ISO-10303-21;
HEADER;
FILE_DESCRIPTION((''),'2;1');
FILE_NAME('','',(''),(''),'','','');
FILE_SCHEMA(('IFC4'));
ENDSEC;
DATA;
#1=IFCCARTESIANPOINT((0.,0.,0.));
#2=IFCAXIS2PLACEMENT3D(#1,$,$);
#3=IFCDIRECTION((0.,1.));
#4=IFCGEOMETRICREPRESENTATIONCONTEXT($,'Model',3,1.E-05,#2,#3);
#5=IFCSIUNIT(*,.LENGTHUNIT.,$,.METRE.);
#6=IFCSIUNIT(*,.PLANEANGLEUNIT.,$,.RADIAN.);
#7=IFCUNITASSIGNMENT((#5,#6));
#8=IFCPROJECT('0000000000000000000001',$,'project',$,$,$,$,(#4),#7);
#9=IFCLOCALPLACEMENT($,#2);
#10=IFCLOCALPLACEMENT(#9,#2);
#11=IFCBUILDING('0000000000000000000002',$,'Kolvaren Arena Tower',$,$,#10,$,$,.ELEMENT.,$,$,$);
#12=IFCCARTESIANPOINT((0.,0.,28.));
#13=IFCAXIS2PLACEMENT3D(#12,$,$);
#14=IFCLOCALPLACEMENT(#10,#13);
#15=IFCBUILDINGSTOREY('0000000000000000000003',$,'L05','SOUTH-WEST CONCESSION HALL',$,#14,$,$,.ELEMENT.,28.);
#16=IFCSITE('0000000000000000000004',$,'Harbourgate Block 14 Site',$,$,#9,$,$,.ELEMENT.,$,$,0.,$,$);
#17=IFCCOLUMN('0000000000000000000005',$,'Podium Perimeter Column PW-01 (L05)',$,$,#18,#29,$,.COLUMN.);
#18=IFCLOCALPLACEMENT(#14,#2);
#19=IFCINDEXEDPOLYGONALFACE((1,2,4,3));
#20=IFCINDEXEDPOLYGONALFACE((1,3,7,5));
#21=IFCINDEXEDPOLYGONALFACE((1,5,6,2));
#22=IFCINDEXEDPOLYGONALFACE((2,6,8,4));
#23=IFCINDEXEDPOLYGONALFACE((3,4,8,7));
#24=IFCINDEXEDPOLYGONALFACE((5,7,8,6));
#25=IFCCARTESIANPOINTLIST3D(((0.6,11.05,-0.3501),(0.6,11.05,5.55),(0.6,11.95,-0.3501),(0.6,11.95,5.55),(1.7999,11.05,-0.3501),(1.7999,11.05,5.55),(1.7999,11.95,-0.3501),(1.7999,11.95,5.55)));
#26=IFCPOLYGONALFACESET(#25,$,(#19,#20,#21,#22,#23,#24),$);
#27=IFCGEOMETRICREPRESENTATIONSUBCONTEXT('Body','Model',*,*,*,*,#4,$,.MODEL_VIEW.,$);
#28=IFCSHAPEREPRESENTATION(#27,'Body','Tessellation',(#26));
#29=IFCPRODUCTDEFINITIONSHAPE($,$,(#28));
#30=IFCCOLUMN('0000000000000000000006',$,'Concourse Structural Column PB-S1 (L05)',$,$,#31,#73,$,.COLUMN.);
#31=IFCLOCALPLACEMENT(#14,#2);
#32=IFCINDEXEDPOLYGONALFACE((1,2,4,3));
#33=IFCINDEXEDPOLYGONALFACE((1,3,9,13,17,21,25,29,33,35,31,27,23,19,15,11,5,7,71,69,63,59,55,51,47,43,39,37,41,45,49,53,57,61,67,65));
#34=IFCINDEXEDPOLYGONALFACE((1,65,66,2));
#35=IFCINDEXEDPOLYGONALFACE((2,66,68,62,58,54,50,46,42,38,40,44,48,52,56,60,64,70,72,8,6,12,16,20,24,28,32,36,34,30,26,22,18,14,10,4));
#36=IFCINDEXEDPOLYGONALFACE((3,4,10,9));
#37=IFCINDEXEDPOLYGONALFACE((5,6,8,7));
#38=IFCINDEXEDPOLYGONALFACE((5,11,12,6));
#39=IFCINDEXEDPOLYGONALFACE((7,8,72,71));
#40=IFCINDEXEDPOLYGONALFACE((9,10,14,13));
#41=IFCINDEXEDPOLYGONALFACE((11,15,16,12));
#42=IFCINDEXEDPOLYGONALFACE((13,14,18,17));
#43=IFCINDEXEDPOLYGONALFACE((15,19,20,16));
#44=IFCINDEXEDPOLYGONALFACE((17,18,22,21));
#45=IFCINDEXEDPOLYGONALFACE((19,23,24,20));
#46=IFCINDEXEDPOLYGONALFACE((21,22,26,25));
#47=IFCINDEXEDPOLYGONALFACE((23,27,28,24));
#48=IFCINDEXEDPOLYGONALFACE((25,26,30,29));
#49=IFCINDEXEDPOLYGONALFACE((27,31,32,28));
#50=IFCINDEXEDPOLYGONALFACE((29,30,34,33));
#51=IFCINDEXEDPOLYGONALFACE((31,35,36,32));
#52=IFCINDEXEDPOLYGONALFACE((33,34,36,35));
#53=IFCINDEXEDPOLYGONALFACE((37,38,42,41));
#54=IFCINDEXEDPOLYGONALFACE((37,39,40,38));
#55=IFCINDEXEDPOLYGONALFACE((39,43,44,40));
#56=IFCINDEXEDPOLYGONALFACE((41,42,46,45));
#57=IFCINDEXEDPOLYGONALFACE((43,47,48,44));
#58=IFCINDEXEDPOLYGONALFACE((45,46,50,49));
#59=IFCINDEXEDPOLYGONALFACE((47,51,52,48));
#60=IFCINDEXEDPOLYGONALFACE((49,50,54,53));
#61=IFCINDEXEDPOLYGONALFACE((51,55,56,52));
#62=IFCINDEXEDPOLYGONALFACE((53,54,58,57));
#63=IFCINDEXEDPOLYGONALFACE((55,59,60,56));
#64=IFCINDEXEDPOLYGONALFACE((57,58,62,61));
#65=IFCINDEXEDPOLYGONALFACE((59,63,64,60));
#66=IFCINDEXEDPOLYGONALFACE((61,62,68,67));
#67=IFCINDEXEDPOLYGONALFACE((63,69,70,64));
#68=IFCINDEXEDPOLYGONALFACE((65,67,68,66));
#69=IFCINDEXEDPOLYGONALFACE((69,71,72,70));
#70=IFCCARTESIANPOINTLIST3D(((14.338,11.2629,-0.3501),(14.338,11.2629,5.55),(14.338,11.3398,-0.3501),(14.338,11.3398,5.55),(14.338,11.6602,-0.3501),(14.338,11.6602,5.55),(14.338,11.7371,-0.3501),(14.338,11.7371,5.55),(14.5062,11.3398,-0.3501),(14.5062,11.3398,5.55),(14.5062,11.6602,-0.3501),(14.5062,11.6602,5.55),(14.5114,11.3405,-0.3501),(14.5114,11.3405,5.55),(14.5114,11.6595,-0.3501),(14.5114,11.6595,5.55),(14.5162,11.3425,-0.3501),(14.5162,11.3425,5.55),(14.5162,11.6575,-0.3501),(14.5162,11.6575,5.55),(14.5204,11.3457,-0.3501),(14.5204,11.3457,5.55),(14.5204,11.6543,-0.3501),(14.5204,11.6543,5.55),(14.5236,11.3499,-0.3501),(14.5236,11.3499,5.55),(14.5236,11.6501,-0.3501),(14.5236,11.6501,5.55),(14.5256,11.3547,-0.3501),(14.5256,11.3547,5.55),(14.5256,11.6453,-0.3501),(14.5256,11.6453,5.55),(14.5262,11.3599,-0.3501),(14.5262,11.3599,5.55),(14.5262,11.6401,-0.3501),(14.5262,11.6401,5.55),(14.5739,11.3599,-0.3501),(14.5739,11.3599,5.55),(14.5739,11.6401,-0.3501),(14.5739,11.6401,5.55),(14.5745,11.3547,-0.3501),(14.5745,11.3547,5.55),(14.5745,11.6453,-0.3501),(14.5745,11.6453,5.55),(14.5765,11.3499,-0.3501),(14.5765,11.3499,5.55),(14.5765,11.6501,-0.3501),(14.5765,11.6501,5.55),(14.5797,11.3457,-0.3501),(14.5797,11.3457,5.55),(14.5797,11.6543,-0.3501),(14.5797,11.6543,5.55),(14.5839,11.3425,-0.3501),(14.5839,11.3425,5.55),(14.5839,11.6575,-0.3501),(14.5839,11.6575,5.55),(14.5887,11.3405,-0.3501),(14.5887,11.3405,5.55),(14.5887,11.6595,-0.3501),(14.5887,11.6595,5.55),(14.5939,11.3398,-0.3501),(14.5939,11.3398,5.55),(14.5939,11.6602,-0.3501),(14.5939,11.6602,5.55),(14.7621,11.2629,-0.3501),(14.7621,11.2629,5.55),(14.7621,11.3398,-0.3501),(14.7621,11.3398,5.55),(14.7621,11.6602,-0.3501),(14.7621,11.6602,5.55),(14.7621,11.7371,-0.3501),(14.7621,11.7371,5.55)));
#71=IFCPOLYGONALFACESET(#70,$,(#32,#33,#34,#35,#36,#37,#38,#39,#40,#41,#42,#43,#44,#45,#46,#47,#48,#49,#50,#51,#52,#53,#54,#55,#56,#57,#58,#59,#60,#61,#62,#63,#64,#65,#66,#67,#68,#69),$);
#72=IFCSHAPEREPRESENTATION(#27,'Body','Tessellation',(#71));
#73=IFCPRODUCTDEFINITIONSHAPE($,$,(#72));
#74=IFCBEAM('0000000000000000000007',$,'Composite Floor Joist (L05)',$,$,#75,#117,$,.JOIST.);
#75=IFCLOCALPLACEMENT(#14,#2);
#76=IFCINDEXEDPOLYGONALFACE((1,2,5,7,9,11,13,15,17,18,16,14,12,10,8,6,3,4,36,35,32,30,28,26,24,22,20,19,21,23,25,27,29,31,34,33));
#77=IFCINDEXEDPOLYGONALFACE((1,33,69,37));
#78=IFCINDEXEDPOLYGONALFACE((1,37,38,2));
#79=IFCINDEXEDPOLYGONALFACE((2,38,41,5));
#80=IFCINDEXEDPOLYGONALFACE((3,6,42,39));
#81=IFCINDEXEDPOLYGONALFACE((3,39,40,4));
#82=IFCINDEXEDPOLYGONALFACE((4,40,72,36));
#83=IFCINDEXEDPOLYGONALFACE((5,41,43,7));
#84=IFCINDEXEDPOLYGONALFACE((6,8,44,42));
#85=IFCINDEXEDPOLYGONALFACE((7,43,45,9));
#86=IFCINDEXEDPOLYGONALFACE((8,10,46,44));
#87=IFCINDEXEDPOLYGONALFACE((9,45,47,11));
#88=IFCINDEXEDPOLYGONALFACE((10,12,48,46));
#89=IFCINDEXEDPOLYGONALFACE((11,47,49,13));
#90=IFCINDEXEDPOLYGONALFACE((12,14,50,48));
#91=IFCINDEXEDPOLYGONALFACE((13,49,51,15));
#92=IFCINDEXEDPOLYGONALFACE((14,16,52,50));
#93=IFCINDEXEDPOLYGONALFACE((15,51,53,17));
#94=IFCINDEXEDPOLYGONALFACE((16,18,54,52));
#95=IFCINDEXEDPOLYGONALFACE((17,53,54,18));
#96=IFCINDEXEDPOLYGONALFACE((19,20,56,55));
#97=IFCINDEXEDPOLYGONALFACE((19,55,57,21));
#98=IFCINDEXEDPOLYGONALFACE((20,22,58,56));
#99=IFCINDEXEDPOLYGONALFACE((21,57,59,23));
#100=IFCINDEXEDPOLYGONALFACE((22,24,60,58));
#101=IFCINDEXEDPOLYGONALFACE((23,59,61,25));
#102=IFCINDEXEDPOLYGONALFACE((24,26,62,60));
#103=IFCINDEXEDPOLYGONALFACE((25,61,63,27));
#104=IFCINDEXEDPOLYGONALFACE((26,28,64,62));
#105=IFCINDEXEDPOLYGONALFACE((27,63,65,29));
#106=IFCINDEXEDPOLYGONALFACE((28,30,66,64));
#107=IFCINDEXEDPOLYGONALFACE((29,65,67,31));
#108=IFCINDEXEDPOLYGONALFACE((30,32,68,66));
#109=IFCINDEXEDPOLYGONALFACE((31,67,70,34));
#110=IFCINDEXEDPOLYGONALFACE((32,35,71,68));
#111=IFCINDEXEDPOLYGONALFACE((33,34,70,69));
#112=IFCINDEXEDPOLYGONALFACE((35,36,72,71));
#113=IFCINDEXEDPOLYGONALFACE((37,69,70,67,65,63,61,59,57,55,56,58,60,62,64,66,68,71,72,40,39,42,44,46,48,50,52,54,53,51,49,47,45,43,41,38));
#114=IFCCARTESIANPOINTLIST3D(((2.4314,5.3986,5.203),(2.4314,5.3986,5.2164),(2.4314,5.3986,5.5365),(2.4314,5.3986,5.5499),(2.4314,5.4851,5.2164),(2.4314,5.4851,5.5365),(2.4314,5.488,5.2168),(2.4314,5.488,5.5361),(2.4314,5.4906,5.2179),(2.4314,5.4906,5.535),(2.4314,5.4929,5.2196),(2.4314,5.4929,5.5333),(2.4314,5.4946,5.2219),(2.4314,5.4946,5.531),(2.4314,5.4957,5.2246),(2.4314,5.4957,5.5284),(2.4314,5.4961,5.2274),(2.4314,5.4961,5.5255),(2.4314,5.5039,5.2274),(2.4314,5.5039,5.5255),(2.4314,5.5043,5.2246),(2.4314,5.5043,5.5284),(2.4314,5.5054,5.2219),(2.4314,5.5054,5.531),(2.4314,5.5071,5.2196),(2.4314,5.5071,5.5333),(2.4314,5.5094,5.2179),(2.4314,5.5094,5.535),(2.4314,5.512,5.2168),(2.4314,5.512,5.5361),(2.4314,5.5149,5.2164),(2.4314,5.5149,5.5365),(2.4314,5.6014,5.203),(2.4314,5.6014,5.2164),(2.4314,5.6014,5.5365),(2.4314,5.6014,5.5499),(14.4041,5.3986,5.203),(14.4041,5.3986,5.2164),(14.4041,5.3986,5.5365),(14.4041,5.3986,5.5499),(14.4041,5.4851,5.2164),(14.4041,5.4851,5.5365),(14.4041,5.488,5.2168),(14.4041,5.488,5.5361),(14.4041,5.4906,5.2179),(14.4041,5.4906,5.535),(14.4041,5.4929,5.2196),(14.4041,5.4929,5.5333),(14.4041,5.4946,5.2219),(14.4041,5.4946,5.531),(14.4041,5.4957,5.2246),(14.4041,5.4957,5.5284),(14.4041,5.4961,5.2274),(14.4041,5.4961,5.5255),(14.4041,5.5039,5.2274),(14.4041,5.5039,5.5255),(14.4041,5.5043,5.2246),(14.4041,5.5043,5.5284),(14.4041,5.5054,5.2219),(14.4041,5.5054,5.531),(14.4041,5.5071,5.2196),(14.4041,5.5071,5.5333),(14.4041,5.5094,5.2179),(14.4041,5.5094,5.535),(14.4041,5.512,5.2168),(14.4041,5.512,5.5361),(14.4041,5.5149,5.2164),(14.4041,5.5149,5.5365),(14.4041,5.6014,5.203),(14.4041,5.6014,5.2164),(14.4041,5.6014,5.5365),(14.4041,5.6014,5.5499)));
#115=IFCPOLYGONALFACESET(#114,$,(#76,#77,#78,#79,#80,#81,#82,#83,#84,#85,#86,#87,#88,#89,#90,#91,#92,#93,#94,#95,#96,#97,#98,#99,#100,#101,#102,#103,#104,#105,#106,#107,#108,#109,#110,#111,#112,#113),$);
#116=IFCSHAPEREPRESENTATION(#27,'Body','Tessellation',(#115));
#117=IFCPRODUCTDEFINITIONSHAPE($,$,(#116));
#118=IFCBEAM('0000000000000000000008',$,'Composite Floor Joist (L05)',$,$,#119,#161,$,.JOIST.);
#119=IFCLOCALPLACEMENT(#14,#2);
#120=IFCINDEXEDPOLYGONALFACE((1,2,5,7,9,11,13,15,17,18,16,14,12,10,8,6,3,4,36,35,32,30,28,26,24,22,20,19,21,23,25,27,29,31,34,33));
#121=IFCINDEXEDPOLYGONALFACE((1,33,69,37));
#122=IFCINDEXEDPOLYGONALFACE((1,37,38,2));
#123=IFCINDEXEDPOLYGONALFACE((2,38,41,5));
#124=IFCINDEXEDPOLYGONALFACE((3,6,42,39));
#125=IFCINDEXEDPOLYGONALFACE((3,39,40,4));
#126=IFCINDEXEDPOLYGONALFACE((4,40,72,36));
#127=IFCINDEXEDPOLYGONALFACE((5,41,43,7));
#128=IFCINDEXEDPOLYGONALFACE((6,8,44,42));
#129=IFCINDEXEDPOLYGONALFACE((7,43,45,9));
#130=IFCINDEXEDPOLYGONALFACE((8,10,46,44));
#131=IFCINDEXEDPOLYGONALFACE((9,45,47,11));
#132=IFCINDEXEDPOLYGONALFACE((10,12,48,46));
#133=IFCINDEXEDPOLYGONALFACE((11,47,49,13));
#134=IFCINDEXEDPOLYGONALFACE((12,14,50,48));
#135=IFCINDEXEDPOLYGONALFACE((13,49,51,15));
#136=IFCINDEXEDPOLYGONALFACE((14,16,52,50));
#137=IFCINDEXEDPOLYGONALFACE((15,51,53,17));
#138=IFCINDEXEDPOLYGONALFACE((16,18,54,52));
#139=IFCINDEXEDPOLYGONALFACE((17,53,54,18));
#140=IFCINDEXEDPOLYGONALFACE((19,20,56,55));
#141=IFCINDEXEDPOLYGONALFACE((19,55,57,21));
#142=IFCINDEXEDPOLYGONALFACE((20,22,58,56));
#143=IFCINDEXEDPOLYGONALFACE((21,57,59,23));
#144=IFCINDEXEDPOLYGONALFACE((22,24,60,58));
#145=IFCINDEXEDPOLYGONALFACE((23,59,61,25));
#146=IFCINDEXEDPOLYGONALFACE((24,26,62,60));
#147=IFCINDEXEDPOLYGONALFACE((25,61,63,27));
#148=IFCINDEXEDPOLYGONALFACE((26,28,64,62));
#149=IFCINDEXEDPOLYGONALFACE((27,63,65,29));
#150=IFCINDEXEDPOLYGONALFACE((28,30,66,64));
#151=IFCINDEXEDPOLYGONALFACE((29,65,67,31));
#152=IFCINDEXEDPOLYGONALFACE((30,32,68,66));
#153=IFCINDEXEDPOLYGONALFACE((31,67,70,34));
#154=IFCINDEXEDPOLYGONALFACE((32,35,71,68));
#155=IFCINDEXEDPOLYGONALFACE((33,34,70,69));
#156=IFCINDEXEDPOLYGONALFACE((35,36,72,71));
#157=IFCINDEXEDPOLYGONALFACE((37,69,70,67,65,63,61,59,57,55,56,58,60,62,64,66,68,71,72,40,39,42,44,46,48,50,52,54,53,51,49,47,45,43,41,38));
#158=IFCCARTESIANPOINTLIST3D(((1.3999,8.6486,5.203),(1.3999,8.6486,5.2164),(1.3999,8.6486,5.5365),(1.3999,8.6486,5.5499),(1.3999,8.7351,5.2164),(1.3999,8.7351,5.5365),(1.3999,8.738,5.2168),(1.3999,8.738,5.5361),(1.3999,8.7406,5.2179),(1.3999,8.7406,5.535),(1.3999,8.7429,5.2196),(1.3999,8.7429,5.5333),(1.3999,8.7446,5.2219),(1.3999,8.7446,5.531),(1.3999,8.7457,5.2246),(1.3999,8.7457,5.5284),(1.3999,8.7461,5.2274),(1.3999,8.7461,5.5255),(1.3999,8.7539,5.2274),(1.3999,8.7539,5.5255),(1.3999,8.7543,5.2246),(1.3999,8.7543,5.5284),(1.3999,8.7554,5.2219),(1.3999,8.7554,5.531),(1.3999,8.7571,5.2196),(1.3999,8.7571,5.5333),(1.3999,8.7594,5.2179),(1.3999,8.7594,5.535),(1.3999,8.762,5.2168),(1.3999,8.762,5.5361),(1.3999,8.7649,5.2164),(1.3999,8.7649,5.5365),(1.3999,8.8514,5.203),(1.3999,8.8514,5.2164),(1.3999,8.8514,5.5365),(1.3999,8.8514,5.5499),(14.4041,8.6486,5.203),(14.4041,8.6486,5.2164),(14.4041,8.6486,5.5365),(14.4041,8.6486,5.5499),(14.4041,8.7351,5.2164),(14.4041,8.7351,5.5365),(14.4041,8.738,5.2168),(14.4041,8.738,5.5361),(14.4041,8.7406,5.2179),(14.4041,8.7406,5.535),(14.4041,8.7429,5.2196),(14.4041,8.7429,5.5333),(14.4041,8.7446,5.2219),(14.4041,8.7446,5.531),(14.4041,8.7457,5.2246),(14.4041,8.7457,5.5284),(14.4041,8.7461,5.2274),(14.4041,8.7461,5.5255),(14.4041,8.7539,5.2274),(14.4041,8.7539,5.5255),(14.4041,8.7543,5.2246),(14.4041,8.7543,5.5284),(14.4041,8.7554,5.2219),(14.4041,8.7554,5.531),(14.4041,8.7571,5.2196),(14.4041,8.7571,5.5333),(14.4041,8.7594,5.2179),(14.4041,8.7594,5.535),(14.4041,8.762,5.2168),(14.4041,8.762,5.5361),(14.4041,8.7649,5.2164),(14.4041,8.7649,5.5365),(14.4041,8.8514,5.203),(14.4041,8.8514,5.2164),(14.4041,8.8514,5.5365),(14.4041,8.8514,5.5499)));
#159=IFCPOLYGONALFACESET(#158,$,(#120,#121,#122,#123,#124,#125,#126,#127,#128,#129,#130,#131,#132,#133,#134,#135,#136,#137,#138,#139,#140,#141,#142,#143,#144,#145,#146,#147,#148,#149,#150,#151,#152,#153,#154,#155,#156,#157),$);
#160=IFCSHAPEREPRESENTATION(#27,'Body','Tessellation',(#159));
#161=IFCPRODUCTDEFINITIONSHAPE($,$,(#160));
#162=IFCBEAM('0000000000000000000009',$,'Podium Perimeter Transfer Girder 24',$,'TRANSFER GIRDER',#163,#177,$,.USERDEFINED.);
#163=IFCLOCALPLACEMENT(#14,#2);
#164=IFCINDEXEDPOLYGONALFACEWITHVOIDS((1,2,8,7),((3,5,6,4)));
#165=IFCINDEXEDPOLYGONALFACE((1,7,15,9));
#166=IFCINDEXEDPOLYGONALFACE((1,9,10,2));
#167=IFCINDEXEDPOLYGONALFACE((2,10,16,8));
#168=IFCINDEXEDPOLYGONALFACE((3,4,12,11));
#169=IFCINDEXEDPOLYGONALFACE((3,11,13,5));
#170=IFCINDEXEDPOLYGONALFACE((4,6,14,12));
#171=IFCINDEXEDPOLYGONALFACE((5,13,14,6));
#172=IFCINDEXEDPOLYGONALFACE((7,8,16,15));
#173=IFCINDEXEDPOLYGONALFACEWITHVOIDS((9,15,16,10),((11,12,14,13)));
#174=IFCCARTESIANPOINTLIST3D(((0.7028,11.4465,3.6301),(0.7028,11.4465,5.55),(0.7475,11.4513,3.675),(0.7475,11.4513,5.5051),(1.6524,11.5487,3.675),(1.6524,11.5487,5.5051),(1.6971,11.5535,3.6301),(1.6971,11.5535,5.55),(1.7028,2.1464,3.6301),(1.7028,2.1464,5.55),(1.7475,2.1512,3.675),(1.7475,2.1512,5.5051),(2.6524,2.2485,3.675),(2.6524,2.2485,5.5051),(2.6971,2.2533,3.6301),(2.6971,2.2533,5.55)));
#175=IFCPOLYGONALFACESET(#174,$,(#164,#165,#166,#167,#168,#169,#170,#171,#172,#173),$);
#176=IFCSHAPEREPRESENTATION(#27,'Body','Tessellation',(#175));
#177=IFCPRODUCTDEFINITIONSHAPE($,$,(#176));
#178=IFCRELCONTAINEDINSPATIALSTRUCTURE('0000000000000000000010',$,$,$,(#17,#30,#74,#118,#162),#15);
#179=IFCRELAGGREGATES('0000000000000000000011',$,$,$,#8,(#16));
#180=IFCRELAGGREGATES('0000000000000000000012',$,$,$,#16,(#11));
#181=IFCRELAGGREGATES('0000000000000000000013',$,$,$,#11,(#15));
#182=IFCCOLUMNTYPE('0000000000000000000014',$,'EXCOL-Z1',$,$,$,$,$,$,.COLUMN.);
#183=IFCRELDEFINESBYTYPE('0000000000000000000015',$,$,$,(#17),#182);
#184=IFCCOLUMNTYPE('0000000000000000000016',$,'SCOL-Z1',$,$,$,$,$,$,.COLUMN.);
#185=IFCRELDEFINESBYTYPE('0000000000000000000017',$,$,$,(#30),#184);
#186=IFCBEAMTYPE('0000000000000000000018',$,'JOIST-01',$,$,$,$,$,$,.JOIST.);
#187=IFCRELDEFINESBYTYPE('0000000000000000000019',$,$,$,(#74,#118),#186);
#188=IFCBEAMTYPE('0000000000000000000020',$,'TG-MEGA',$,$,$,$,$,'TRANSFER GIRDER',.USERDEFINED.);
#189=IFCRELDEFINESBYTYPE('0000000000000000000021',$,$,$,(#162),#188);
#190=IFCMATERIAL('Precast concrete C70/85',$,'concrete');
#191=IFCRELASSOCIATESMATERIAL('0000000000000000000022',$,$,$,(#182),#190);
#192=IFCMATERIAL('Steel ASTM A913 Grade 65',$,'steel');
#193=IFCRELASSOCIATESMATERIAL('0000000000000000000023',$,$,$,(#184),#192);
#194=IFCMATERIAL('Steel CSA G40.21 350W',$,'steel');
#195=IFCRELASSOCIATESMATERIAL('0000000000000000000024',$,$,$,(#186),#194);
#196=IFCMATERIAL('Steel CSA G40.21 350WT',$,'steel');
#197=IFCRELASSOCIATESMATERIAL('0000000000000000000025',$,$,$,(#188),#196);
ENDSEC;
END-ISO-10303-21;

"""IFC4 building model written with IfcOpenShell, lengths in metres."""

from ifc_helpers import new_model, si_unit, direction, frame, origin, origin_2d, place, context, subcontext, project, spatial, rectangle, hollow_rectangle, i_section, extrude, material, material_profile, profile_set, type_object, element, save


model = new_model("IFC4")

# Units and contexts
model_context = context("Model", 3, precision=1e-05, world=origin(), true_north=direction((0.0, 1.0)))
body_context = subcontext(model_context, "Body", "Model", "MODEL_VIEW")
ifc_project = project(units=[si_unit("LENGTHUNIT", "METRE"), si_unit("PLANEANGLEUNIT", "RADIAN")], contexts=[model_context])

# Site, building, storey
site_placement = place(None, origin())
site = spatial("IfcSite", under=ifc_project, at=site_placement, Name="Harbourgate Block 14 Site", CompositionType="ELEMENT", RefElevation=0.0)
building_placement = place(site_placement, origin())
building = spatial("IfcBuilding", under=site, at=building_placement, Name="Kolvaren Arena Tower", CompositionType="ELEMENT")
storey_placement = place(building_placement, frame((0.0, 0.0, 28.0)))
storey = spatial("IfcBuildingStorey", under=building, at=storey_placement, Name="L05", Description="SOUTH-WEST CONCESSION HALL", CompositionType="ELEMENT", Elevation=28.0)

# Columns
ifc_material_1 = material(Name="Precast concrete C70/85", Category="concrete")
ifc_material_profile_1 = material_profile(ifc_material_1, rectangle(XDim=1.2, YDim=0.8999, at=origin_2d()), Name="RC-1200x900")
ifc_profile_set_1 = profile_set([ifc_material_profile_1], Name="Precast concrete C70/85")
column_type_1 = type_object("IfcColumnType", Name="EXCOL-Z1", PredefinedType="COLUMN", material=ifc_profile_set_1)
column_1_placement = place(storey_placement, frame((1.2, 11.5, -0.3501), z_axis=(0.0, 0.0, 1.0), x_axis=(1.0, 0.0, 0.0)))
element("IfcColumn", 1, at=column_1_placement, inside=storey, type_object=column_type_1, Name="Podium Perimeter Column PW-01 (L05)", PredefinedType="COLUMN", context=body_context, shape_type="SweptSolid", body=[
    extrude(rectangle(XDim=1.2, YDim=0.8999, at=origin_2d()), origin(), (0.0, 0.0, 1.0), 5.9001),
])
ifc_material_2 = material(Name="Steel ASTM A913 Grade 65", Category="steel")
ifc_material_profile_2 = material_profile(ifc_material_2, i_section(OverallWidth=0.4241, OverallDepth=0.4741, WebThickness=0.0476, FlangeThickness=0.0769, FilletRadius=0.02, at=origin_2d()), Name="W360x634")
ifc_profile_set_2 = profile_set([ifc_material_profile_2], Name="Steel ASTM A913 Grade 65")
column_type_2 = type_object("IfcColumnType", Name="SCOL-Z1", PredefinedType="COLUMN", material=ifc_profile_set_2)
column_2_placement = place(storey_placement, frame((14.55, 11.5, -0.3501), z_axis=(0.0, 0.0, 1.0), x_axis=(1.0, 0.0, 0.0)))
element("IfcColumn", 2, at=column_2_placement, inside=storey, type_object=column_type_2, Name="Concourse Structural Column PB-S1 (L05)", PredefinedType="COLUMN", context=body_context, shape_type="SweptSolid", body=[
    extrude(i_section(OverallWidth=0.4241, OverallDepth=0.4741, WebThickness=0.0476, FlangeThickness=0.0769, FilletRadius=0.02, at=origin_2d()), origin(), (0.0, 0.0, 1.0), 5.9001),
])

# Beams
ifc_material_3 = material(Name="Steel CSA G40.21 350W", Category="steel")
ifc_material_profile_3 = material_profile(ifc_material_3, i_section(OverallWidth=0.2029, OverallDepth=0.3469, WebThickness=0.0078, FlangeThickness=0.0134, FilletRadius=0.011, at=origin_2d()), Name="W360x64")
ifc_profile_set_3 = profile_set([ifc_material_profile_3], Name="Steel CSA G40.21 350W")
beam_type_1 = type_object("IfcBeamType", Name="JOIST-01", PredefinedType="JOIST", material=ifc_profile_set_3)
beam_1_placement = place(storey_placement, frame((2.4314, 5.5, 5.3765), z_axis=(1.0, 0.0, 0.0), x_axis=(0.0, 1.0, 0.0)))
element("IfcBeam", 3, at=beam_1_placement, inside=storey, type_object=beam_type_1, Name="Composite Floor Joist (L05)", PredefinedType="JOIST", context=body_context, shape_type="SweptSolid", body=[
    extrude(i_section(OverallWidth=0.2029, OverallDepth=0.3469, WebThickness=0.0078, FlangeThickness=0.0134, FilletRadius=0.011, at=origin_2d()), origin(), (0.0, 0.0, 1.0), 11.9727),
])
beam_2_placement = place(storey_placement, frame((1.3999, 8.75, 5.3765), z_axis=(1.0, 0.0, 0.0), x_axis=(0.0, 1.0, 0.0)))
element("IfcBeam", 4, at=beam_2_placement, inside=storey, type_object=beam_type_1, Name="Composite Floor Joist (L05)", PredefinedType="JOIST", context=body_context, shape_type="SweptSolid", body=[
    extrude(i_section(OverallWidth=0.2029, OverallDepth=0.3469, WebThickness=0.0078, FlangeThickness=0.0134, FilletRadius=0.011, at=origin_2d()), origin(), (0.0, 0.0, 1.0), 13.0042),
])
ifc_material_4 = material(Name="Steel CSA G40.21 350WT", Category="steel")
ifc_material_profile_4 = material_profile(ifc_material_4, hollow_rectangle(XDim=1.0, YDim=1.9199, WallThickness=0.0449, at=origin_2d()), Name="BOX 1000x1920x45")
ifc_profile_set_4 = profile_set([ifc_material_profile_4], Name="Steel CSA G40.21 350WT")
beam_type_2 = type_object("IfcBeamType", Name="TG-MEGA", ElementType="TRANSFER GIRDER", PredefinedType="USERDEFINED", material=ifc_profile_set_4)
beam_3_placement = place(storey_placement, frame((1.2, 11.5, 4.5901), z_axis=(0.10691, -0.994269, 0.0), x_axis=(0.994269, 0.10691, 0.0)))
element("IfcBeam", 5, at=beam_3_placement, inside=storey, type_object=beam_type_2, Name="Podium Perimeter Transfer Girder 24", ObjectType="TRANSFER GIRDER", PredefinedType="USERDEFINED", context=body_context, shape_type="SweptSolid", body=[
    extrude(hollow_rectangle(XDim=1.0, YDim=1.9199, WallThickness=0.0449, at=origin_2d()), origin(), (0.0, 0.0, 1.0), 9.3538),
])

save(model, "model.ifc")
